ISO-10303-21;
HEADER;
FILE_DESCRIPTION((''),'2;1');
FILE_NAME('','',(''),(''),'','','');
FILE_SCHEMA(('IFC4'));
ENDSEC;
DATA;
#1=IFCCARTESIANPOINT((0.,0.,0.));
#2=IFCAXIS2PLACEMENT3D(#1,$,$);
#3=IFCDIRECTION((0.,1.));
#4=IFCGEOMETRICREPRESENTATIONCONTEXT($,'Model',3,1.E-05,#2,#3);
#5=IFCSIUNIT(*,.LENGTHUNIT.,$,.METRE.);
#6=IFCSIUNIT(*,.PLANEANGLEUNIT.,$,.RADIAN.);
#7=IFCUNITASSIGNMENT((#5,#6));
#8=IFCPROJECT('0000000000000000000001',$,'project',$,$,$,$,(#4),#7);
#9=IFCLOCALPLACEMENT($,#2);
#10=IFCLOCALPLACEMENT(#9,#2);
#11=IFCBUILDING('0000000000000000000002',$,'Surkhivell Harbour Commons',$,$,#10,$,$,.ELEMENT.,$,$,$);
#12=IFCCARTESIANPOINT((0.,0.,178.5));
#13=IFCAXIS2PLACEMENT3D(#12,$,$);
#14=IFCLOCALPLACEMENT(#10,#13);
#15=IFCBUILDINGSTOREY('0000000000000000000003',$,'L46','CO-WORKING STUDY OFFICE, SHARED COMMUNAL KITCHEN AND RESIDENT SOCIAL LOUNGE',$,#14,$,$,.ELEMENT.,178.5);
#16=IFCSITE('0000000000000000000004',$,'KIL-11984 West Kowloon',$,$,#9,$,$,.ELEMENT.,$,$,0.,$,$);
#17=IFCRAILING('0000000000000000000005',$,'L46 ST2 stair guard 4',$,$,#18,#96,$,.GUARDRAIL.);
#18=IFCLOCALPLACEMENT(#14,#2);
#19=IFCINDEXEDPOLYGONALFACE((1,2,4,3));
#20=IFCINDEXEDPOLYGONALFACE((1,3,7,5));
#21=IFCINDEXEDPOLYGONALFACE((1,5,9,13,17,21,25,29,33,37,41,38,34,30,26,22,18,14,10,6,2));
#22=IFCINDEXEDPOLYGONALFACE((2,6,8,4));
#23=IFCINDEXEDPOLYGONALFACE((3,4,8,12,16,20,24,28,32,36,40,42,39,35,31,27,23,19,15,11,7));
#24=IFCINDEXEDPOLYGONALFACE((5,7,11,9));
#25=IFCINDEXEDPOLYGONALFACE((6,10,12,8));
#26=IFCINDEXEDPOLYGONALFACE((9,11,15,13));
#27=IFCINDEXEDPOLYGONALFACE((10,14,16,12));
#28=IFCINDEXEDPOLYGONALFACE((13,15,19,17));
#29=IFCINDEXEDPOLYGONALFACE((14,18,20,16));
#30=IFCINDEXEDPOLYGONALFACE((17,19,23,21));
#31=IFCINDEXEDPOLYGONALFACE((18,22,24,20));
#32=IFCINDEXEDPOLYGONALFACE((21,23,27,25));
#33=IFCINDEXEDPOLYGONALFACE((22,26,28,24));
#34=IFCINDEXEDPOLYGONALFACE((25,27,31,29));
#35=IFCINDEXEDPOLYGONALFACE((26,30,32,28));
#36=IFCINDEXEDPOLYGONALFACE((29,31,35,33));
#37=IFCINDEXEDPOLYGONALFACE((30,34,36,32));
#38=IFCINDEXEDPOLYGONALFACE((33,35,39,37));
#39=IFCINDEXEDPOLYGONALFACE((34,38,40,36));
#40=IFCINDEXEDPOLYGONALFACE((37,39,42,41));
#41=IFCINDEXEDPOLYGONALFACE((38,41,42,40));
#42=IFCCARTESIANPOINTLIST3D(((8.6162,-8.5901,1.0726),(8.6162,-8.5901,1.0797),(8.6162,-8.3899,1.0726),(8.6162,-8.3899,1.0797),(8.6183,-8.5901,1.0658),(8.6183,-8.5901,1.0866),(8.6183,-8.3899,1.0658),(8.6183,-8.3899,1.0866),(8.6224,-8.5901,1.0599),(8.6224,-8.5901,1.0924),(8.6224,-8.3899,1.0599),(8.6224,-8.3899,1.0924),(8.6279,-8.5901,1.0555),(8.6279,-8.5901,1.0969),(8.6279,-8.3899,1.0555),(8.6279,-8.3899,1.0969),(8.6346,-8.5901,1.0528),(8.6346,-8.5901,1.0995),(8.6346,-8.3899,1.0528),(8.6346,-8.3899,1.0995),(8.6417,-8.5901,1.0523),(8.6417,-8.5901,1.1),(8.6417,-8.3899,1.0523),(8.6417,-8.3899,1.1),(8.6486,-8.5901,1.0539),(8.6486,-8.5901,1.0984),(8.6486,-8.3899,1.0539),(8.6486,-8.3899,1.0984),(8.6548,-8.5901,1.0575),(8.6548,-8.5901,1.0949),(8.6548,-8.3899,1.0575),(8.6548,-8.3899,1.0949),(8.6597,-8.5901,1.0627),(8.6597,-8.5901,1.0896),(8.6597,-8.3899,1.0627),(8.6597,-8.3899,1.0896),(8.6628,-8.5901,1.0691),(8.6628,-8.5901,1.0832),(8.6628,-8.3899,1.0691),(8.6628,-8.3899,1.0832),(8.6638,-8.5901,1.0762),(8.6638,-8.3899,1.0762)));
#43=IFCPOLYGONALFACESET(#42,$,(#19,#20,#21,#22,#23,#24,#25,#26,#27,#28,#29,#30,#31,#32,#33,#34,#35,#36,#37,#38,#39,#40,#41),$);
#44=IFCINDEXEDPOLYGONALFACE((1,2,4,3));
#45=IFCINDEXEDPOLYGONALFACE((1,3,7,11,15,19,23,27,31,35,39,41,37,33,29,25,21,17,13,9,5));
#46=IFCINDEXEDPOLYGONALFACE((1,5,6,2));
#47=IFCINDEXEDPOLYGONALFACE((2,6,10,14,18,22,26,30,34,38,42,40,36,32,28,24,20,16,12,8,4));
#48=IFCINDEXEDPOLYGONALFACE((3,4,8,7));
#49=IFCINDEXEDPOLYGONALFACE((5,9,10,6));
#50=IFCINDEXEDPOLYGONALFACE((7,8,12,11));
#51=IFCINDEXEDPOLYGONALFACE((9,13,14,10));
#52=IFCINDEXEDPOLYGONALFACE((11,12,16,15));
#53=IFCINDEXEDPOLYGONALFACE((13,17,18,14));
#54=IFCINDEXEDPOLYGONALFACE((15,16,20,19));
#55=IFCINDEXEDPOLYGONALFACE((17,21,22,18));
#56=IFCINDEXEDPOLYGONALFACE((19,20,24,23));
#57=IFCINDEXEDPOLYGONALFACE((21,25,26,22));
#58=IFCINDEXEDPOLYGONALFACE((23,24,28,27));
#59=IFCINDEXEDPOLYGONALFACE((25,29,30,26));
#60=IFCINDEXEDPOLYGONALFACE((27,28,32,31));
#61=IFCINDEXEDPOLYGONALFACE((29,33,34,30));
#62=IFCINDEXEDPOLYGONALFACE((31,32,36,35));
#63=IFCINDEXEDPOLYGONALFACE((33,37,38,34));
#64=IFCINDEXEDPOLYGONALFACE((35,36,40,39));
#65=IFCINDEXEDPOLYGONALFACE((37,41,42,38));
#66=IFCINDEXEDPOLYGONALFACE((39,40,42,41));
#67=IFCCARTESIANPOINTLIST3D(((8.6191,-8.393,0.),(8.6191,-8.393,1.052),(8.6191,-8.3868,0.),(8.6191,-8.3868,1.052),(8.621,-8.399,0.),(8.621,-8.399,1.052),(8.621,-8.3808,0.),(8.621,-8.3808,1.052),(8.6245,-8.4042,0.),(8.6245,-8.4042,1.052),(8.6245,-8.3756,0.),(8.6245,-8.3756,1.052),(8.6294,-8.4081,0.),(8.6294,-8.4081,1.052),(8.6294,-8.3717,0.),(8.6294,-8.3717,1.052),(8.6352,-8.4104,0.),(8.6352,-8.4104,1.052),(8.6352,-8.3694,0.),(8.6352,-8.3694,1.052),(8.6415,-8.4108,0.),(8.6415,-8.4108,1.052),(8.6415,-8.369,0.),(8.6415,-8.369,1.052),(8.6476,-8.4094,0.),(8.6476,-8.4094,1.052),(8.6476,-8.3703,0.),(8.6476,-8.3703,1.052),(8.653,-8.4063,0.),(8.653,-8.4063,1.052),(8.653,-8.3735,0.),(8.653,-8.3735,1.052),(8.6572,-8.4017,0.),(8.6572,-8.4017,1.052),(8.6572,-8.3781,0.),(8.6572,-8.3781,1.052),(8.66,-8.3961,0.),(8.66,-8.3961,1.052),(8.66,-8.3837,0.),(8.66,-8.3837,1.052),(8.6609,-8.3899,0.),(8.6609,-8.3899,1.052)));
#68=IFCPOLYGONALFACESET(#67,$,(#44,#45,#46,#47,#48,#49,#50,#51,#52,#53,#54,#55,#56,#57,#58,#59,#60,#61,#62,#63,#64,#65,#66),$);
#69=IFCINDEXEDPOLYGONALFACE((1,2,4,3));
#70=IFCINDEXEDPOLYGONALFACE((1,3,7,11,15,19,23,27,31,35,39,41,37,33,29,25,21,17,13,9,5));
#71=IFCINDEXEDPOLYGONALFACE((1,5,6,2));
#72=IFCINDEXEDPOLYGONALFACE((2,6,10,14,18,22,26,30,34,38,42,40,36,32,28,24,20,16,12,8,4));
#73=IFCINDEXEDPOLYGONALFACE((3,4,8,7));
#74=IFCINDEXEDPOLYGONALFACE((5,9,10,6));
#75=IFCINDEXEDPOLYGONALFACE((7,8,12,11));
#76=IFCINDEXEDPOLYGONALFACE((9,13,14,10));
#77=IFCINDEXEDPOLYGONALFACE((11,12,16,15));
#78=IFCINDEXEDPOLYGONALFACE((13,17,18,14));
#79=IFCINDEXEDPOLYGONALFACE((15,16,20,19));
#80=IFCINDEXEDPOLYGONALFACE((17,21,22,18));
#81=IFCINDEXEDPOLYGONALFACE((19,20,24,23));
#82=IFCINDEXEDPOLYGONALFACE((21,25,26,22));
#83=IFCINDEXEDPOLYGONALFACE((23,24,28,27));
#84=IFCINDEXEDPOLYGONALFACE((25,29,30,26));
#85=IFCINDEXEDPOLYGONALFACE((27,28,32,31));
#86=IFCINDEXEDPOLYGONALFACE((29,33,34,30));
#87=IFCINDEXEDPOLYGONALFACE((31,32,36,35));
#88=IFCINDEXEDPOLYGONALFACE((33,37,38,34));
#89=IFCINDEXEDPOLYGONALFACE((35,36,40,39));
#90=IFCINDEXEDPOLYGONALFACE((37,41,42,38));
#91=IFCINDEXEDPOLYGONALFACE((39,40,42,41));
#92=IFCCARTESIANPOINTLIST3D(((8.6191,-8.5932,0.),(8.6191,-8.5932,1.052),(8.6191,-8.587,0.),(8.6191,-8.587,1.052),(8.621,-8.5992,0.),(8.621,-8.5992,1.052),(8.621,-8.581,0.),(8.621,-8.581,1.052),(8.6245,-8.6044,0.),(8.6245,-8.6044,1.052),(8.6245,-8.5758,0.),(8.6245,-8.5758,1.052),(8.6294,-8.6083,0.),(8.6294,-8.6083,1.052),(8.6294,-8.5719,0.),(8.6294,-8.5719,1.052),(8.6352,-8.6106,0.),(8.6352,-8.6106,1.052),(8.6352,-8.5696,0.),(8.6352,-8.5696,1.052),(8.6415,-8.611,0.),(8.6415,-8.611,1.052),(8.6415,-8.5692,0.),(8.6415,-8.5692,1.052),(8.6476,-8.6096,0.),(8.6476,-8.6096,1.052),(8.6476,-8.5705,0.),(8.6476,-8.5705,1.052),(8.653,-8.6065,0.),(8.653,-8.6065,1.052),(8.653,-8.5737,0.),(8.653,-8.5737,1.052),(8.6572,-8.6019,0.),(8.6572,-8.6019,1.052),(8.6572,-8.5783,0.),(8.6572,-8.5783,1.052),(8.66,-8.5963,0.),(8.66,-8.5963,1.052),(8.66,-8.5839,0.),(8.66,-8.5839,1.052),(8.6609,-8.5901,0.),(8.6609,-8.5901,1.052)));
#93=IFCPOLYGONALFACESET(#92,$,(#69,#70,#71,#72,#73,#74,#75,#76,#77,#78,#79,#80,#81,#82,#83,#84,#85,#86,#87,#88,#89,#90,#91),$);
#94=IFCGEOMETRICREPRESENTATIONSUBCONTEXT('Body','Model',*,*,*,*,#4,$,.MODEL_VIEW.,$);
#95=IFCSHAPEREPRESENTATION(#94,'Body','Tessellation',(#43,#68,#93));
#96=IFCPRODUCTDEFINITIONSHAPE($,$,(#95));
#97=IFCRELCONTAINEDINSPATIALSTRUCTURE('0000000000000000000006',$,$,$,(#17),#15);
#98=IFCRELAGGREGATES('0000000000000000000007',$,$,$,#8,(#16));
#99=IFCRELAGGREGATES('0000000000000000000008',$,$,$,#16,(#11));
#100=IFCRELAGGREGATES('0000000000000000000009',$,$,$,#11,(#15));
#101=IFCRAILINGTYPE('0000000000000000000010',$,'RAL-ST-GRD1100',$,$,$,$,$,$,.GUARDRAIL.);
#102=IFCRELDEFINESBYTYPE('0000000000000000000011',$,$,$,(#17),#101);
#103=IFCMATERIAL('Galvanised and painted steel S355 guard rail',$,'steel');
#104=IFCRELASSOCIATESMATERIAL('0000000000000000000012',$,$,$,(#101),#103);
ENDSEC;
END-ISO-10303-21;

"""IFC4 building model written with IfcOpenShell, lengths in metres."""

from ifc_helpers import new_model, si_unit, direction, frame, origin, origin_2d, place, context, subcontext, project, spatial, circle, extrude, material, type_object, element, save


model = new_model("IFC4")

# Units and contexts
model_context = context("Model", 3, precision=1e-05, world=origin(), true_north=direction((0.0, 1.0)))
body_context = subcontext(model_context, "Body", "Model", "MODEL_VIEW")
ifc_project = project(units=[si_unit("LENGTHUNIT", "METRE"), si_unit("PLANEANGLEUNIT", "RADIAN")], contexts=[model_context])

# Site, building, storey
site_placement = place(None, origin())
site = spatial("IfcSite", under=ifc_project, at=site_placement, Name="KIL-11984 West Kowloon", CompositionType="ELEMENT", RefElevation=0.0)
building_placement = place(site_placement, origin())
building = spatial("IfcBuilding", under=site, at=building_placement, Name="Surkhivell Harbour Commons", CompositionType="ELEMENT")
storey_placement = place(building_placement, frame((0.0, 0.0, 178.5)))
storey = spatial("IfcBuildingStorey", under=building, at=storey_placement, Name="L46", Description="CO-WORKING STUDY OFFICE, SHARED COMMUNAL KITCHEN AND RESIDENT SOCIAL LOUNGE", CompositionType="ELEMENT", Elevation=178.5)

# Railing
ifc_material_1 = material(Name="Galvanised and painted steel S355 guard rail", Category="steel")
railing_type_1 = type_object("IfcRailingType", Name="RAL-ST-GRD1100", PredefinedType="GUARDRAIL", material=ifc_material_1)
railing_1_placement = place(storey_placement, frame((8.6399, -8.3899, 0.0)))
element("IfcRailing", 1, at=railing_1_placement, inside=storey, type_object=railing_type_1, Name="L46 ST2 stair guard 4", PredefinedType="GUARDRAIL", context=body_context, shape_type="SweptSolid", body=[
    extrude(circle(Radius=0.0239, at=origin_2d()), frame((0.0, 0.0, 1.0762), z_axis=(0.0, -1.0, 0.0), x_axis=(1.0, 0.0, 0.0)), (0.0, 0.0, 1.0), 0.2002),
    extrude(circle(Radius=0.021, at=origin_2d()), origin(), (0.0, 0.0, 1.0), 1.052),
    extrude(circle(Radius=0.021, at=origin_2d()), frame((0.0, -0.2002, 0.0)), (0.0, 0.0, 1.0), 1.052),
])

save(model, "model.ifc")
